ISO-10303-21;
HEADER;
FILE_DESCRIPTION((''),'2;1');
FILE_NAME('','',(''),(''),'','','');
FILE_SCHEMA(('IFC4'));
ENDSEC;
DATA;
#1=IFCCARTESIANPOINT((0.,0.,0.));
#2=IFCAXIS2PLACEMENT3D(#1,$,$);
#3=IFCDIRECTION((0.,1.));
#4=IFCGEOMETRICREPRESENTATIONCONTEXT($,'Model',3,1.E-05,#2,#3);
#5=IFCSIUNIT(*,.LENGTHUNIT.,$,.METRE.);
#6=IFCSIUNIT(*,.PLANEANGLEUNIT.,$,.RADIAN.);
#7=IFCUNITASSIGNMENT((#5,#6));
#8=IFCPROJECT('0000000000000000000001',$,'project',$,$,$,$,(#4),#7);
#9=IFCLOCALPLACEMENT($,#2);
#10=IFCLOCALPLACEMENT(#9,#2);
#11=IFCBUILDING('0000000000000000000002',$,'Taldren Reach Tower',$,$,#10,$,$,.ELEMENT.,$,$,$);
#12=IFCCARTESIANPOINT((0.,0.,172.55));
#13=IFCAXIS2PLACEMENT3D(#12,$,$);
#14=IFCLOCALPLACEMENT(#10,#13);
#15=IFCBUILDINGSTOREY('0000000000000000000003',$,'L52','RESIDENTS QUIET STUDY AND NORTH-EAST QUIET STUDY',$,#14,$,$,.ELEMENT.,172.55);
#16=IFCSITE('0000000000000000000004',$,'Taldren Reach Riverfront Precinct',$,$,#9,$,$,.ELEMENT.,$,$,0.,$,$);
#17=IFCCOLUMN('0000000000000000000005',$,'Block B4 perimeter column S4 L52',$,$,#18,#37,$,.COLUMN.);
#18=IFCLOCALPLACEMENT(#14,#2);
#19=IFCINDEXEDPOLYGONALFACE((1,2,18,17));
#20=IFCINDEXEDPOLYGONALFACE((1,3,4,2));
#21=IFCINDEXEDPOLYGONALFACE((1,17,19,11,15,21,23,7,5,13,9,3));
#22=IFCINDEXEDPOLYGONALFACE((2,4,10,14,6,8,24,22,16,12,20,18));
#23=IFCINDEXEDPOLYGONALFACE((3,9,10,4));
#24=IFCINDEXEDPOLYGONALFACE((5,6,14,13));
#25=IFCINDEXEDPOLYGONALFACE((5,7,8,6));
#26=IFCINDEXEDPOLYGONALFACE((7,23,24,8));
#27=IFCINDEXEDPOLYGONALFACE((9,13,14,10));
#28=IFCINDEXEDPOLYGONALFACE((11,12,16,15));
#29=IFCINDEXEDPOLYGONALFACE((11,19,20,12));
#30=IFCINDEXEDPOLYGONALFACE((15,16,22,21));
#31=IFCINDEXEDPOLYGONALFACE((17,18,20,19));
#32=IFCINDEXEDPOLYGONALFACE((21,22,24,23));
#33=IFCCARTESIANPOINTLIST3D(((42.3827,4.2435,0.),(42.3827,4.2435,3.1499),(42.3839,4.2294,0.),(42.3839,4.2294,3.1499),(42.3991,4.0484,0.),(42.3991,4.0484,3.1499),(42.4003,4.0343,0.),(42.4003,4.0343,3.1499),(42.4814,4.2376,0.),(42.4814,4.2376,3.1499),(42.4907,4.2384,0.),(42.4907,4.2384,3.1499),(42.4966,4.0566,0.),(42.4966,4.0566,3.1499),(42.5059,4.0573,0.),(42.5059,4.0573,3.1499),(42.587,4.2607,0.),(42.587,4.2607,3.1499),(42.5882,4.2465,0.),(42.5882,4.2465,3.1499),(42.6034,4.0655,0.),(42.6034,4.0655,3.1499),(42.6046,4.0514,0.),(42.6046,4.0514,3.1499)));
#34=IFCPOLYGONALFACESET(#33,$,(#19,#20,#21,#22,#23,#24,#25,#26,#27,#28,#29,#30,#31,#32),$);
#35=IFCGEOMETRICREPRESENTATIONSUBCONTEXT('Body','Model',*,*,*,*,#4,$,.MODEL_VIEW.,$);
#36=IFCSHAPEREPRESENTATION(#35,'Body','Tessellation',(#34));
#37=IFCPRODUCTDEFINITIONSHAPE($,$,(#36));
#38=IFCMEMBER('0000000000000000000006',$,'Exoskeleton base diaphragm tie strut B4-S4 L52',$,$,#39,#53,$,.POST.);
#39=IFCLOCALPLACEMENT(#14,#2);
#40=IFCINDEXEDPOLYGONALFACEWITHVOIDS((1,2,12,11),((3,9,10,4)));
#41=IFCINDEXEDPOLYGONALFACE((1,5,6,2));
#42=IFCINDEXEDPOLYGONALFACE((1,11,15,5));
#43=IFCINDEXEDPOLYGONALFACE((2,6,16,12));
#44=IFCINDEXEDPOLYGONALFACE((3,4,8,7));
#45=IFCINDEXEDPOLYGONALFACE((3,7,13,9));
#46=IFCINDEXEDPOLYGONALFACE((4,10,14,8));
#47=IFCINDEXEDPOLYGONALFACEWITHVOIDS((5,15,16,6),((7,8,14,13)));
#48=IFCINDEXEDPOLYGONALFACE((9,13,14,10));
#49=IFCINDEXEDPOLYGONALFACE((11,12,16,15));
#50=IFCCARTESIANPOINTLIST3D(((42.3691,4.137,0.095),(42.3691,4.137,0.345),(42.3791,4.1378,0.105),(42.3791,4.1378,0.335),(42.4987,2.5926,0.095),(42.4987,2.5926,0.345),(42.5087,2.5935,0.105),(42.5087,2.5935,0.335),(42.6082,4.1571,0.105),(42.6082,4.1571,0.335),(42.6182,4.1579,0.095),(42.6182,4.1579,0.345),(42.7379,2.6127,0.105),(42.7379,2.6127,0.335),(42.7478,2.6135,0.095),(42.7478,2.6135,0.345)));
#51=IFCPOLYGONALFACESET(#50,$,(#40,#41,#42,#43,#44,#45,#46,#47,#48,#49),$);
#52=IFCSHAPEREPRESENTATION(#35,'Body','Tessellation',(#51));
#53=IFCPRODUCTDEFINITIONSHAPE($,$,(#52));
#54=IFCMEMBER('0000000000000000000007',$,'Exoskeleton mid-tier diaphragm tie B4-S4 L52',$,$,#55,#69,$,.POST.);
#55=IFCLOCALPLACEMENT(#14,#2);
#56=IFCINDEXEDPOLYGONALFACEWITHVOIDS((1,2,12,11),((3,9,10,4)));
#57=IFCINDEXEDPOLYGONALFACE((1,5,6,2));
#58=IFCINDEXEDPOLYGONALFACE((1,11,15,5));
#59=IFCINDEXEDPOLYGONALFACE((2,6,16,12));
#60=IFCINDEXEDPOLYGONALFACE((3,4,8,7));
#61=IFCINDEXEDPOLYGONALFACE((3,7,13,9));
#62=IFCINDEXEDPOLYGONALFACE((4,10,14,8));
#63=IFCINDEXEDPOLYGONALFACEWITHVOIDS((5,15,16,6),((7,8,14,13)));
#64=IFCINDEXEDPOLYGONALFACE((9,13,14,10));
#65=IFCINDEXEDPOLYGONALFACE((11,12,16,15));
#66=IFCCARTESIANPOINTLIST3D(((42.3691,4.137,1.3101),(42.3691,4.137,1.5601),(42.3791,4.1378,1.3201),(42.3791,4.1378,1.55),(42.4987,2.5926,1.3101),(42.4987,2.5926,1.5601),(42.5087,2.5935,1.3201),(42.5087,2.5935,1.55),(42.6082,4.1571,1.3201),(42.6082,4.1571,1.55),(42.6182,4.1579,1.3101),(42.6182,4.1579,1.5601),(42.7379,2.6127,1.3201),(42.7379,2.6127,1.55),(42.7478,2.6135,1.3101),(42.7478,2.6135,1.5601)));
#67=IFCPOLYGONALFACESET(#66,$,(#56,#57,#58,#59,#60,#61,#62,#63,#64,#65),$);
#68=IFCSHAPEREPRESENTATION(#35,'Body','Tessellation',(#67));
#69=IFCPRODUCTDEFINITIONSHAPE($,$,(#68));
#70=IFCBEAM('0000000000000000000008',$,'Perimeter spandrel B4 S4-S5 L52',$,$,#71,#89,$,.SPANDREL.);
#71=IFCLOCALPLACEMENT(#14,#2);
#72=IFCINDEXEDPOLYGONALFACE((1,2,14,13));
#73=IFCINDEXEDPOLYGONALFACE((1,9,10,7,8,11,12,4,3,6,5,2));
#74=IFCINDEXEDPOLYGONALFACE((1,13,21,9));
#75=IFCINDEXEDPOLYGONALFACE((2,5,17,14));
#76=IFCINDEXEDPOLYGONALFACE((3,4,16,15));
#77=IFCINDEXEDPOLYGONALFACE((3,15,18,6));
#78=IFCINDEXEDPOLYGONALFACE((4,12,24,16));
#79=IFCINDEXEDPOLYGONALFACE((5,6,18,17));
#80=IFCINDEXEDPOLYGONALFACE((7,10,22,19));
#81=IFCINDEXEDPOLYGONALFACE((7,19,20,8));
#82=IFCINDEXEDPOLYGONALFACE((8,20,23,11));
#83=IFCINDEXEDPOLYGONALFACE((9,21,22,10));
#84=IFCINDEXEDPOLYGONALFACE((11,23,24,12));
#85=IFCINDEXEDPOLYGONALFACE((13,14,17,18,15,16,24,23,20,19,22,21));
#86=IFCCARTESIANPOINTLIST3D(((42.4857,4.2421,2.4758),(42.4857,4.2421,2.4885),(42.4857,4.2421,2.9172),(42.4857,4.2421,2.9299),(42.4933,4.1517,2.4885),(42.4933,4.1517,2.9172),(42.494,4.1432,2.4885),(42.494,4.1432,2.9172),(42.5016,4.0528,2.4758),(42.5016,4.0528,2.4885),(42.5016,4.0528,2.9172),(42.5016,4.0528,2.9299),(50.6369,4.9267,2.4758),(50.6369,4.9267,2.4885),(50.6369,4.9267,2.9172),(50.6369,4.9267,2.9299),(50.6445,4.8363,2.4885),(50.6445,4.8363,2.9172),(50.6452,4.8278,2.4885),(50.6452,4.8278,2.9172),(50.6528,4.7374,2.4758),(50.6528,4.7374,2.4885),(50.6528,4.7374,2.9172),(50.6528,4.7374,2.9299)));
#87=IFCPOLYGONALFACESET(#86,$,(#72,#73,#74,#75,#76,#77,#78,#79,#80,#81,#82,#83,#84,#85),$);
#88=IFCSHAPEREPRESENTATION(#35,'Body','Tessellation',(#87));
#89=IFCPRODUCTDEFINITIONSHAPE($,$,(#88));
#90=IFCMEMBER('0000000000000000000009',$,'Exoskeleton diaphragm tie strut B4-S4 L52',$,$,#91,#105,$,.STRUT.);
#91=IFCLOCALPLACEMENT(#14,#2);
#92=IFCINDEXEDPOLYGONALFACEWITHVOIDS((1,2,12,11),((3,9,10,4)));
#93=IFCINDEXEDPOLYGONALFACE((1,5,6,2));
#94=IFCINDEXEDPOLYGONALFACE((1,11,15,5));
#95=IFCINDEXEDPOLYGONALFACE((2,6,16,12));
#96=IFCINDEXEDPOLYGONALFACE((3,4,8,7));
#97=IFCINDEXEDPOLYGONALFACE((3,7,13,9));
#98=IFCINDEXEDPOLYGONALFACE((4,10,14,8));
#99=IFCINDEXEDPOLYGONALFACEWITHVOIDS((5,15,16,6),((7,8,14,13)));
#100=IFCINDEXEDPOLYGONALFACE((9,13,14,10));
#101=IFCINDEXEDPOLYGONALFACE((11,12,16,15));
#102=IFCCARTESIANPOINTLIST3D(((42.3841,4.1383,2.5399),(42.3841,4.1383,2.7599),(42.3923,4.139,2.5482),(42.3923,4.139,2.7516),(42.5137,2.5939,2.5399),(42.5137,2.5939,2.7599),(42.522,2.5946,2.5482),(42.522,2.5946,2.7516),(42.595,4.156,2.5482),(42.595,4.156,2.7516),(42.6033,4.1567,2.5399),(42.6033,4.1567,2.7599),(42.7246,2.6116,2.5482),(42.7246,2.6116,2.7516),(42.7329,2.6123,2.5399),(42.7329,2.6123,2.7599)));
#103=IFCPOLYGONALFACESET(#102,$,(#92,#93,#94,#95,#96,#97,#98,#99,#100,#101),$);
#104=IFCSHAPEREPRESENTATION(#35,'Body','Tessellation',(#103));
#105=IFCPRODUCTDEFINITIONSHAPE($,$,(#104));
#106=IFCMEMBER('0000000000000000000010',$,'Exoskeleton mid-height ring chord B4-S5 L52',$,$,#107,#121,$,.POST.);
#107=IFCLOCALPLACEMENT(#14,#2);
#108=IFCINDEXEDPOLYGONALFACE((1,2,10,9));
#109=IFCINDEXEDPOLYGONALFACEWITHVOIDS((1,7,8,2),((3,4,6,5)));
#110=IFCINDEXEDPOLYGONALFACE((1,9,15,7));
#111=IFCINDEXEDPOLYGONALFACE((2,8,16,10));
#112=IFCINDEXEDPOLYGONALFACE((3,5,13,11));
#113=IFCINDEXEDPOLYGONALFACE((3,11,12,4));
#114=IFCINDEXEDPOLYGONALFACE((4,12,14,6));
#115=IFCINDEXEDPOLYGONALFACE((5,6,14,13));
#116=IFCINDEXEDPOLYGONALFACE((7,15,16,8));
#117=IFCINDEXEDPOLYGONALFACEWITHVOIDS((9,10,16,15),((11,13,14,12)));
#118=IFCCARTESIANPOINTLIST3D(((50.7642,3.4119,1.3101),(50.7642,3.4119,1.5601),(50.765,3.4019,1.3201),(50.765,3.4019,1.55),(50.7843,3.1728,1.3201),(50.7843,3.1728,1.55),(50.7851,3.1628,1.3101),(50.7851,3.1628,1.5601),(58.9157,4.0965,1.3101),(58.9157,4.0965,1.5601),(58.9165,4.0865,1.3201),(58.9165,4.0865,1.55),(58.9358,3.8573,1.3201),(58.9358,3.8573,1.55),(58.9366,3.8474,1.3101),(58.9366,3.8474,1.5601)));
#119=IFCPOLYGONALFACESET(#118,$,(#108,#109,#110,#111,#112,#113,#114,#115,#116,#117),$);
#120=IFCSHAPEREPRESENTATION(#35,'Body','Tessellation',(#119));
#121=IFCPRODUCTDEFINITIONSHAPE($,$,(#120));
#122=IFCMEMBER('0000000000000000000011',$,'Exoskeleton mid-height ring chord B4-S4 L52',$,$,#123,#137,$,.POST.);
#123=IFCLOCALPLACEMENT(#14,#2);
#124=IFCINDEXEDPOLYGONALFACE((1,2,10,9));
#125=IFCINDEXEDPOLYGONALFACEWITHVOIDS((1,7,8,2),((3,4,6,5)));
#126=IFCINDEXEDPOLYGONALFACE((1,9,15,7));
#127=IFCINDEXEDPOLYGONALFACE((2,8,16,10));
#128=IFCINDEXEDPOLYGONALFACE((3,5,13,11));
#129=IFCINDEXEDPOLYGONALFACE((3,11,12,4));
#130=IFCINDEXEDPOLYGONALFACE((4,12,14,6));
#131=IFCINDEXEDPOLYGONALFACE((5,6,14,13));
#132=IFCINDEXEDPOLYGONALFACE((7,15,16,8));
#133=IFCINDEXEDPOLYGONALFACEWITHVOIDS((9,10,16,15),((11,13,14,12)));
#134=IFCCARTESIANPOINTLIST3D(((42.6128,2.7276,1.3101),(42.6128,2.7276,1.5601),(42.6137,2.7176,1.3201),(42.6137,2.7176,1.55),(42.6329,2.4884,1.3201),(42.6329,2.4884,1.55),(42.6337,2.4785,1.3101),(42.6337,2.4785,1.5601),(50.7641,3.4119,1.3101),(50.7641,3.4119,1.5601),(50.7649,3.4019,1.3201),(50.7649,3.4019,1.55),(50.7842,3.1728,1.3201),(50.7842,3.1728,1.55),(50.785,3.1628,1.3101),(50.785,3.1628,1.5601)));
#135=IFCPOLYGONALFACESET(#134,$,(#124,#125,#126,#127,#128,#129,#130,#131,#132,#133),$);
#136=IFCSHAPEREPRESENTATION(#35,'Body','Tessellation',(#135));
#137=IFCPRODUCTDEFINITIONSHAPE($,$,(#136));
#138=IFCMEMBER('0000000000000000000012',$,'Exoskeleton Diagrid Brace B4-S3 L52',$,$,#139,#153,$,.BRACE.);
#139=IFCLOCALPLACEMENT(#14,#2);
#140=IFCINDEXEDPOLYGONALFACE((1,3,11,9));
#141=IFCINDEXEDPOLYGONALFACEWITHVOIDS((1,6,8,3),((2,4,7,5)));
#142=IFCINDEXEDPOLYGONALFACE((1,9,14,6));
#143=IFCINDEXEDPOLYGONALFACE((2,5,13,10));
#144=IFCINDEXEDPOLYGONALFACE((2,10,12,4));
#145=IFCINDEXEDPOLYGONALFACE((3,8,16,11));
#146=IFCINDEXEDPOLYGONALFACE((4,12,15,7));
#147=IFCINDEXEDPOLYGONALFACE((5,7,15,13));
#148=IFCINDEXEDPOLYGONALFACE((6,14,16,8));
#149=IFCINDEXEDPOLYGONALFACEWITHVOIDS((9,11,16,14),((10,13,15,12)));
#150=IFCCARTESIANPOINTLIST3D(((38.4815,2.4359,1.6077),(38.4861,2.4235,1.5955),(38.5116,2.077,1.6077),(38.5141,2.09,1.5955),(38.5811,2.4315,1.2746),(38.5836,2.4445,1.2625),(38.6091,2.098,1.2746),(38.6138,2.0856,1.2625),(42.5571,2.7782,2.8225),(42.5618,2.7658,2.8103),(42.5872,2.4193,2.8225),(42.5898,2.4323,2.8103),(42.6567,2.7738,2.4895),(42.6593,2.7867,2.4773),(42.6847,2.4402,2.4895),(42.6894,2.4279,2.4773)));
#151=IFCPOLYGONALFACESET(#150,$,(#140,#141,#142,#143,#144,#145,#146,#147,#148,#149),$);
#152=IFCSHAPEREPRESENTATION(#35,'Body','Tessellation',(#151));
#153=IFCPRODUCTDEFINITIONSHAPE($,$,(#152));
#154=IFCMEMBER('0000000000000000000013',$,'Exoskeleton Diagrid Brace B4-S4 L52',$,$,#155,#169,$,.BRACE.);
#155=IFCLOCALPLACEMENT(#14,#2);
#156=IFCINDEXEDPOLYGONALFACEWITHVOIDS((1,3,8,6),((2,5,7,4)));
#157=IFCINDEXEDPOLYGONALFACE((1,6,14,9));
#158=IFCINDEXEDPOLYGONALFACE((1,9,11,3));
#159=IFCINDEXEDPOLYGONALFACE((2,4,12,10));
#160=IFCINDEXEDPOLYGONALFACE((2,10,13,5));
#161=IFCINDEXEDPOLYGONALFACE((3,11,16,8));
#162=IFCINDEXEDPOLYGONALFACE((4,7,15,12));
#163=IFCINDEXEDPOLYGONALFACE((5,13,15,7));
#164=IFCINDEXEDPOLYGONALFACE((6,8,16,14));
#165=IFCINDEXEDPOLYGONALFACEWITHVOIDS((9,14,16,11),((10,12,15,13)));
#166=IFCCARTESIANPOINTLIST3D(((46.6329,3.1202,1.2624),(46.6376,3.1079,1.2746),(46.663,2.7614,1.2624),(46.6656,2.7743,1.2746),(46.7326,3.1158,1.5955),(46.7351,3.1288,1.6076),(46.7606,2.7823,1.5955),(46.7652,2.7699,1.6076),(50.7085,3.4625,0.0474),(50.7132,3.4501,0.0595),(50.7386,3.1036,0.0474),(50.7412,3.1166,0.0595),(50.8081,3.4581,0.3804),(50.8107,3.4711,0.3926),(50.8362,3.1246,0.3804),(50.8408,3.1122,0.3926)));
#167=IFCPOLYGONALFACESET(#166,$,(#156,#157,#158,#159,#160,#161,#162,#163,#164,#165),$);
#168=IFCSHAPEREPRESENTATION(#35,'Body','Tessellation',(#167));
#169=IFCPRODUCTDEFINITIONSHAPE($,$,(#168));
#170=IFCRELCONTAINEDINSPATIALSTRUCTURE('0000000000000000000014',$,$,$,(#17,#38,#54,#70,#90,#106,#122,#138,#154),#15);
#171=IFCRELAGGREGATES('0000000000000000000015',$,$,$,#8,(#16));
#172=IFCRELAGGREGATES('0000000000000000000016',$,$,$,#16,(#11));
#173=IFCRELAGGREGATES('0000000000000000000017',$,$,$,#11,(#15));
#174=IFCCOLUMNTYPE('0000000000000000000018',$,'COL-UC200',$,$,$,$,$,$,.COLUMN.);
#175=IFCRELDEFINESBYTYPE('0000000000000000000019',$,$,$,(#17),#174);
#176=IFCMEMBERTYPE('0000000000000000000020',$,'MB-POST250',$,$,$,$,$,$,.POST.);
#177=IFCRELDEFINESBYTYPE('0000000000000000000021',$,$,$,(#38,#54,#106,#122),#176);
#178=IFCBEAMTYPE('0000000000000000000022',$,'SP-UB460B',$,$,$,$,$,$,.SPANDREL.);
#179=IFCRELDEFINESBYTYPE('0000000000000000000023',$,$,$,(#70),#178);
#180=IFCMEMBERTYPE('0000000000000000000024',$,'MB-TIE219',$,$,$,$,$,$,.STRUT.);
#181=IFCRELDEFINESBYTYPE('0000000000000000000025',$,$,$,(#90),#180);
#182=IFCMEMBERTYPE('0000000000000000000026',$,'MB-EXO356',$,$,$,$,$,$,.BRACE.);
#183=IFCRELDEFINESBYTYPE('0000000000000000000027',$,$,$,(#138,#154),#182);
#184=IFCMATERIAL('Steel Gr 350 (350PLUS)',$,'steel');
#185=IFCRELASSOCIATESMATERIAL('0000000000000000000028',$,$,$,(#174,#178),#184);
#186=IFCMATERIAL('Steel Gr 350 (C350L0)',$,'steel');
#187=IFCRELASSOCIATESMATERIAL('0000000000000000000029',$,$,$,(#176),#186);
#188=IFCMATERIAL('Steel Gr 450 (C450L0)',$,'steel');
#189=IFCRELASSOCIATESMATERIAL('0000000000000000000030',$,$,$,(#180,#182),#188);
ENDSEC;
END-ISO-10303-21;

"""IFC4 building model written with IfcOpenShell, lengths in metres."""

from ifc_helpers import new_model, si_unit, direction, frame, origin, origin_2d, place, context, subcontext, project, spatial, hollow_rectangle, i_section, extrude, source, transform, mapped, material, material_profile, profile_set, type_object, element, save


model = new_model("IFC4")

# Units and contexts
model_context = context("Model", 3, precision=1e-05, world=origin(), true_north=direction((0.0, 1.0)))
body_context = subcontext(model_context, "Body", "Model", "MODEL_VIEW")
ifc_project = project(units=[si_unit("LENGTHUNIT", "METRE"), si_unit("PLANEANGLEUNIT", "RADIAN")], contexts=[model_context])

# Site, building, storey
site_placement = place(None, origin())
site = spatial("IfcSite", under=ifc_project, at=site_placement, Name="Taldren Reach Riverfront Precinct", CompositionType="ELEMENT", RefElevation=0.0)
building_placement = place(site_placement, origin())
building = spatial("IfcBuilding", under=site, at=building_placement, Name="Taldren Reach Tower", CompositionType="ELEMENT")
storey_placement = place(building_placement, frame((0.0, 0.0, 172.55)))
storey = spatial("IfcBuildingStorey", under=building, at=storey_placement, Name="L52", Description="RESIDENTS QUIET STUDY AND NORTH-EAST QUIET STUDY", CompositionType="ELEMENT", Elevation=172.55)

# Column
ifc_material_1 = material(Name="Steel Gr 350 (350PLUS)", Category="steel")
ifc_material_profile_1 = material_profile(ifc_material_1, i_section(OverallWidth=0.2051, OverallDepth=0.21, WebThickness=0.0093, FlangeThickness=0.0142, at=origin_2d()), Name="200UC59.5")
ifc_profile_set_1 = profile_set([ifc_material_profile_1], Name="Steel Gr 350 (350PLUS)")
column_type = type_object("IfcColumnType", Name="COL-UC200", PredefinedType="COLUMN", material=ifc_profile_set_1)
shared_shape_1 = source(origin(), body_context, "Body", "SweptSolid", [
    extrude(i_section(OverallWidth=0.2051, OverallDepth=0.21, WebThickness=0.0093, FlangeThickness=0.0142, at=origin_2d()), origin(), (0.0, 0.0, 1.0), 3.1499),
])
column_placement = place(storey_placement, frame((42.4937, 4.1475, 0.0), z_axis=(0.0, 0.0, 1.0), x_axis=(0.996493, 0.083678, 0.0)))
element("IfcColumn", 1, at=column_placement, inside=storey, type_object=column_type, Name="Block B4 perimeter column S4 L52", PredefinedType="COLUMN", context=body_context, shape_type="MappedRepresentation", body=[
    mapped(shared_shape_1, transform((0.0, 0.0, 0.0), scale=1.0)),
])

# Members
ifc_material_2 = material(Name="Steel Gr 350 (C350L0)", Category="steel")
ifc_material_profile_2 = material_profile(ifc_material_2, hollow_rectangle(XDim=0.25, YDim=0.25, WallThickness=0.01, at=origin_2d()), Name="250x250x10.0SHS")
ifc_profile_set_2 = profile_set([ifc_material_profile_2], Name="Steel Gr 350 (C350L0)")
member_type_1 = type_object("IfcMemberType", Name="MB-POST250", PredefinedType="POST", material=ifc_profile_set_2)
shared_shape_2 = source(origin(), body_context, "Body", "SweptSolid", [
    extrude(hollow_rectangle(XDim=0.25, YDim=0.25, WallThickness=0.01, at=origin_2d()), origin(), (0.0, 0.0, 1.0), 1.5498),
])
for number, where, z_axis, x_axis, name in (
    (2, (42.4937, 4.1475, 0.22), (0.083645, -0.996496, 0.0), (0.996496, 0.083645, 0.0), "Exoskeleton base diaphragm tie strut B4-S4 L52"),
    (3, (42.4937, 4.1475, 1.4351), (0.083645, -0.996496, 0.0), (0.996496, 0.083645, 0.0), "Exoskeleton mid-tier diaphragm tie B4-S4 L52"),
):
    element("IfcMember", number, at=place(storey_placement, frame(where, z_axis=z_axis, x_axis=x_axis)), inside=storey, type_object=member_type_1, Name=name, PredefinedType="POST", context=body_context, shape_type="MappedRepresentation", body=[
        mapped(shared_shape_2, transform((0.0, 0.0, 0.0), scale=1.0)),
    ])

# Beam
ifc_material_profile_3 = material_profile(ifc_material_1, i_section(OverallWidth=0.1899, OverallDepth=0.4541, WebThickness=0.0085, FlangeThickness=0.0127, at=origin_2d()), Name="460UB67.1")
ifc_profile_set_3 = profile_set([ifc_material_profile_3], Name="Steel Gr 350 (350PLUS)")
beam_type = type_object("IfcBeamType", Name="SP-UB460B", PredefinedType="SPANDREL", material=ifc_profile_set_3)
shared_shape_3 = source(origin(), body_context, "Body", "SweptSolid", [
    extrude(i_section(OverallWidth=0.1899, OverallDepth=0.4541, WebThickness=0.0085, FlangeThickness=0.0127, at=origin_2d()), origin(), (0.0, 0.0, 1.0), 8.1799),
])
beam_placement = place(storey_placement, frame((42.4937, 4.1475, 2.7029), z_axis=(0.996492, 0.08369, 0.0), x_axis=(-0.08369, 0.996492, 0.0)))
element("IfcBeam", 4, at=beam_placement, inside=storey, type_object=beam_type, Name="Perimeter spandrel B4 S4-S5 L52", PredefinedType="SPANDREL", context=body_context, shape_type="MappedRepresentation", body=[
    mapped(shared_shape_3, transform((0.0, 0.0, 0.0), scale=1.0)),
])

# Members
ifc_material_3 = material(Name="Steel Gr 450 (C450L0)", Category="steel")
ifc_material_profile_4 = material_profile(ifc_material_3, hollow_rectangle(XDim=0.22, YDim=0.22, WallThickness=0.0083, at=origin_2d()), Name="220x220x8.2SHS")
ifc_profile_set_4 = profile_set([ifc_material_profile_4], Name="Steel Gr 450 (C450L0)")
member_type_2 = type_object("IfcMemberType", Name="MB-TIE219", PredefinedType="STRUT", material=ifc_profile_set_4)
shared_shape_4 = source(origin(), body_context, "Body", "SweptSolid", [
    extrude(hollow_rectangle(XDim=0.22, YDim=0.22, WallThickness=0.0083, at=origin_2d()), origin(), (0.0, 0.0, 1.0), 1.5498),
])
member_1_placement = place(storey_placement, frame((42.4937, 4.1475, 2.6499), z_axis=(0.083645, -0.996496, 0.0), x_axis=(0.996496, 0.083645, 0.0)))
element("IfcMember", 5, at=member_1_placement, inside=storey, type_object=member_type_2, Name="Exoskeleton diaphragm tie strut B4-S4 L52", PredefinedType="STRUT", context=body_context, shape_type="MappedRepresentation", body=[
    mapped(shared_shape_4, transform((0.0, 0.0, 0.0), scale=1.0)),
])
shared_shape_5 = source(origin(), body_context, "Body", "SweptSolid", [
    extrude(hollow_rectangle(XDim=0.25, YDim=0.25, WallThickness=0.01, at=origin_2d()), origin(), (0.0, 0.0, 1.0), 8.1802),
])
member_2_placement = place(storey_placement, frame((50.7747, 3.2874, 1.4351), z_axis=(0.996492, 0.083688, 0.0), x_axis=(-0.083688, 0.996492, 0.0)))
element("IfcMember", 6, at=member_2_placement, inside=storey, type_object=member_type_1, Name="Exoskeleton mid-height ring chord B4-S5 L52", PredefinedType="POST", context=body_context, shape_type="MappedRepresentation", body=[
    mapped(shared_shape_5, transform((0.0, 0.0, 0.0), scale=1.0)),
])
shared_shape_6 = source(origin(), body_context, "Body", "SweptSolid", [
    extrude(hollow_rectangle(XDim=0.25, YDim=0.25, WallThickness=0.01, at=origin_2d()), origin(), (0.0, 0.0, 1.0), 8.1799),
])
member_3_placement = place(storey_placement, frame((42.6233, 2.603, 1.4351), z_axis=(0.996495, 0.083658, 0.0), x_axis=(-0.083658, 0.996495, 0.0)))
element("IfcMember", 7, at=member_3_placement, inside=storey, type_object=member_type_1, Name="Exoskeleton mid-height ring chord B4-S4 L52", PredefinedType="POST", context=body_context, shape_type="MappedRepresentation", body=[
    mapped(shared_shape_6, transform((0.0, 0.0, 0.0), scale=1.0)),
])
ifc_material_profile_5 = material_profile(ifc_material_3, hollow_rectangle(XDim=0.3601, YDim=0.3601, WallThickness=0.0127, at=origin_2d()), Name="360x360x12.7SHS")
ifc_profile_set_5 = profile_set([ifc_material_profile_5], Name="Steel Gr 450 (C450L0)")
member_type_3 = type_object("IfcMemberType", Name="MB-EXO356", PredefinedType="BRACE", material=ifc_profile_set_5)
shared_shape_7 = source(origin(), body_context, "Body", "SweptSolid", [
    extrude(hollow_rectangle(XDim=0.3601, YDim=0.3601, WallThickness=0.0127, at=origin_2d()), origin(), (0.0, 0.0, 1.0), 4.2666),
])
for number, where, z_axis, x_axis, name in (
    (8, (38.5476, 2.2607, 1.4351), (0.955245, 0.080224, 0.284731), (-0.083688, 0.996492, 0.0), "Exoskeleton Diagrid Brace B4-S3 L52"),
    (9, (50.7747, 3.2874, 0.22), (-0.955229, -0.080222, 0.284783), (0.083688, -0.996492, 0.0), "Exoskeleton Diagrid Brace B4-S4 L52"),
):
    element("IfcMember", number, at=place(storey_placement, frame(where, z_axis=z_axis, x_axis=x_axis)), inside=storey, type_object=member_type_3, Name=name, PredefinedType="BRACE", context=body_context, shape_type="MappedRepresentation", body=[
        mapped(shared_shape_7, transform((0.0, 0.0, 0.0), scale=1.0)),
    ])

save(model, "model.ifc")
